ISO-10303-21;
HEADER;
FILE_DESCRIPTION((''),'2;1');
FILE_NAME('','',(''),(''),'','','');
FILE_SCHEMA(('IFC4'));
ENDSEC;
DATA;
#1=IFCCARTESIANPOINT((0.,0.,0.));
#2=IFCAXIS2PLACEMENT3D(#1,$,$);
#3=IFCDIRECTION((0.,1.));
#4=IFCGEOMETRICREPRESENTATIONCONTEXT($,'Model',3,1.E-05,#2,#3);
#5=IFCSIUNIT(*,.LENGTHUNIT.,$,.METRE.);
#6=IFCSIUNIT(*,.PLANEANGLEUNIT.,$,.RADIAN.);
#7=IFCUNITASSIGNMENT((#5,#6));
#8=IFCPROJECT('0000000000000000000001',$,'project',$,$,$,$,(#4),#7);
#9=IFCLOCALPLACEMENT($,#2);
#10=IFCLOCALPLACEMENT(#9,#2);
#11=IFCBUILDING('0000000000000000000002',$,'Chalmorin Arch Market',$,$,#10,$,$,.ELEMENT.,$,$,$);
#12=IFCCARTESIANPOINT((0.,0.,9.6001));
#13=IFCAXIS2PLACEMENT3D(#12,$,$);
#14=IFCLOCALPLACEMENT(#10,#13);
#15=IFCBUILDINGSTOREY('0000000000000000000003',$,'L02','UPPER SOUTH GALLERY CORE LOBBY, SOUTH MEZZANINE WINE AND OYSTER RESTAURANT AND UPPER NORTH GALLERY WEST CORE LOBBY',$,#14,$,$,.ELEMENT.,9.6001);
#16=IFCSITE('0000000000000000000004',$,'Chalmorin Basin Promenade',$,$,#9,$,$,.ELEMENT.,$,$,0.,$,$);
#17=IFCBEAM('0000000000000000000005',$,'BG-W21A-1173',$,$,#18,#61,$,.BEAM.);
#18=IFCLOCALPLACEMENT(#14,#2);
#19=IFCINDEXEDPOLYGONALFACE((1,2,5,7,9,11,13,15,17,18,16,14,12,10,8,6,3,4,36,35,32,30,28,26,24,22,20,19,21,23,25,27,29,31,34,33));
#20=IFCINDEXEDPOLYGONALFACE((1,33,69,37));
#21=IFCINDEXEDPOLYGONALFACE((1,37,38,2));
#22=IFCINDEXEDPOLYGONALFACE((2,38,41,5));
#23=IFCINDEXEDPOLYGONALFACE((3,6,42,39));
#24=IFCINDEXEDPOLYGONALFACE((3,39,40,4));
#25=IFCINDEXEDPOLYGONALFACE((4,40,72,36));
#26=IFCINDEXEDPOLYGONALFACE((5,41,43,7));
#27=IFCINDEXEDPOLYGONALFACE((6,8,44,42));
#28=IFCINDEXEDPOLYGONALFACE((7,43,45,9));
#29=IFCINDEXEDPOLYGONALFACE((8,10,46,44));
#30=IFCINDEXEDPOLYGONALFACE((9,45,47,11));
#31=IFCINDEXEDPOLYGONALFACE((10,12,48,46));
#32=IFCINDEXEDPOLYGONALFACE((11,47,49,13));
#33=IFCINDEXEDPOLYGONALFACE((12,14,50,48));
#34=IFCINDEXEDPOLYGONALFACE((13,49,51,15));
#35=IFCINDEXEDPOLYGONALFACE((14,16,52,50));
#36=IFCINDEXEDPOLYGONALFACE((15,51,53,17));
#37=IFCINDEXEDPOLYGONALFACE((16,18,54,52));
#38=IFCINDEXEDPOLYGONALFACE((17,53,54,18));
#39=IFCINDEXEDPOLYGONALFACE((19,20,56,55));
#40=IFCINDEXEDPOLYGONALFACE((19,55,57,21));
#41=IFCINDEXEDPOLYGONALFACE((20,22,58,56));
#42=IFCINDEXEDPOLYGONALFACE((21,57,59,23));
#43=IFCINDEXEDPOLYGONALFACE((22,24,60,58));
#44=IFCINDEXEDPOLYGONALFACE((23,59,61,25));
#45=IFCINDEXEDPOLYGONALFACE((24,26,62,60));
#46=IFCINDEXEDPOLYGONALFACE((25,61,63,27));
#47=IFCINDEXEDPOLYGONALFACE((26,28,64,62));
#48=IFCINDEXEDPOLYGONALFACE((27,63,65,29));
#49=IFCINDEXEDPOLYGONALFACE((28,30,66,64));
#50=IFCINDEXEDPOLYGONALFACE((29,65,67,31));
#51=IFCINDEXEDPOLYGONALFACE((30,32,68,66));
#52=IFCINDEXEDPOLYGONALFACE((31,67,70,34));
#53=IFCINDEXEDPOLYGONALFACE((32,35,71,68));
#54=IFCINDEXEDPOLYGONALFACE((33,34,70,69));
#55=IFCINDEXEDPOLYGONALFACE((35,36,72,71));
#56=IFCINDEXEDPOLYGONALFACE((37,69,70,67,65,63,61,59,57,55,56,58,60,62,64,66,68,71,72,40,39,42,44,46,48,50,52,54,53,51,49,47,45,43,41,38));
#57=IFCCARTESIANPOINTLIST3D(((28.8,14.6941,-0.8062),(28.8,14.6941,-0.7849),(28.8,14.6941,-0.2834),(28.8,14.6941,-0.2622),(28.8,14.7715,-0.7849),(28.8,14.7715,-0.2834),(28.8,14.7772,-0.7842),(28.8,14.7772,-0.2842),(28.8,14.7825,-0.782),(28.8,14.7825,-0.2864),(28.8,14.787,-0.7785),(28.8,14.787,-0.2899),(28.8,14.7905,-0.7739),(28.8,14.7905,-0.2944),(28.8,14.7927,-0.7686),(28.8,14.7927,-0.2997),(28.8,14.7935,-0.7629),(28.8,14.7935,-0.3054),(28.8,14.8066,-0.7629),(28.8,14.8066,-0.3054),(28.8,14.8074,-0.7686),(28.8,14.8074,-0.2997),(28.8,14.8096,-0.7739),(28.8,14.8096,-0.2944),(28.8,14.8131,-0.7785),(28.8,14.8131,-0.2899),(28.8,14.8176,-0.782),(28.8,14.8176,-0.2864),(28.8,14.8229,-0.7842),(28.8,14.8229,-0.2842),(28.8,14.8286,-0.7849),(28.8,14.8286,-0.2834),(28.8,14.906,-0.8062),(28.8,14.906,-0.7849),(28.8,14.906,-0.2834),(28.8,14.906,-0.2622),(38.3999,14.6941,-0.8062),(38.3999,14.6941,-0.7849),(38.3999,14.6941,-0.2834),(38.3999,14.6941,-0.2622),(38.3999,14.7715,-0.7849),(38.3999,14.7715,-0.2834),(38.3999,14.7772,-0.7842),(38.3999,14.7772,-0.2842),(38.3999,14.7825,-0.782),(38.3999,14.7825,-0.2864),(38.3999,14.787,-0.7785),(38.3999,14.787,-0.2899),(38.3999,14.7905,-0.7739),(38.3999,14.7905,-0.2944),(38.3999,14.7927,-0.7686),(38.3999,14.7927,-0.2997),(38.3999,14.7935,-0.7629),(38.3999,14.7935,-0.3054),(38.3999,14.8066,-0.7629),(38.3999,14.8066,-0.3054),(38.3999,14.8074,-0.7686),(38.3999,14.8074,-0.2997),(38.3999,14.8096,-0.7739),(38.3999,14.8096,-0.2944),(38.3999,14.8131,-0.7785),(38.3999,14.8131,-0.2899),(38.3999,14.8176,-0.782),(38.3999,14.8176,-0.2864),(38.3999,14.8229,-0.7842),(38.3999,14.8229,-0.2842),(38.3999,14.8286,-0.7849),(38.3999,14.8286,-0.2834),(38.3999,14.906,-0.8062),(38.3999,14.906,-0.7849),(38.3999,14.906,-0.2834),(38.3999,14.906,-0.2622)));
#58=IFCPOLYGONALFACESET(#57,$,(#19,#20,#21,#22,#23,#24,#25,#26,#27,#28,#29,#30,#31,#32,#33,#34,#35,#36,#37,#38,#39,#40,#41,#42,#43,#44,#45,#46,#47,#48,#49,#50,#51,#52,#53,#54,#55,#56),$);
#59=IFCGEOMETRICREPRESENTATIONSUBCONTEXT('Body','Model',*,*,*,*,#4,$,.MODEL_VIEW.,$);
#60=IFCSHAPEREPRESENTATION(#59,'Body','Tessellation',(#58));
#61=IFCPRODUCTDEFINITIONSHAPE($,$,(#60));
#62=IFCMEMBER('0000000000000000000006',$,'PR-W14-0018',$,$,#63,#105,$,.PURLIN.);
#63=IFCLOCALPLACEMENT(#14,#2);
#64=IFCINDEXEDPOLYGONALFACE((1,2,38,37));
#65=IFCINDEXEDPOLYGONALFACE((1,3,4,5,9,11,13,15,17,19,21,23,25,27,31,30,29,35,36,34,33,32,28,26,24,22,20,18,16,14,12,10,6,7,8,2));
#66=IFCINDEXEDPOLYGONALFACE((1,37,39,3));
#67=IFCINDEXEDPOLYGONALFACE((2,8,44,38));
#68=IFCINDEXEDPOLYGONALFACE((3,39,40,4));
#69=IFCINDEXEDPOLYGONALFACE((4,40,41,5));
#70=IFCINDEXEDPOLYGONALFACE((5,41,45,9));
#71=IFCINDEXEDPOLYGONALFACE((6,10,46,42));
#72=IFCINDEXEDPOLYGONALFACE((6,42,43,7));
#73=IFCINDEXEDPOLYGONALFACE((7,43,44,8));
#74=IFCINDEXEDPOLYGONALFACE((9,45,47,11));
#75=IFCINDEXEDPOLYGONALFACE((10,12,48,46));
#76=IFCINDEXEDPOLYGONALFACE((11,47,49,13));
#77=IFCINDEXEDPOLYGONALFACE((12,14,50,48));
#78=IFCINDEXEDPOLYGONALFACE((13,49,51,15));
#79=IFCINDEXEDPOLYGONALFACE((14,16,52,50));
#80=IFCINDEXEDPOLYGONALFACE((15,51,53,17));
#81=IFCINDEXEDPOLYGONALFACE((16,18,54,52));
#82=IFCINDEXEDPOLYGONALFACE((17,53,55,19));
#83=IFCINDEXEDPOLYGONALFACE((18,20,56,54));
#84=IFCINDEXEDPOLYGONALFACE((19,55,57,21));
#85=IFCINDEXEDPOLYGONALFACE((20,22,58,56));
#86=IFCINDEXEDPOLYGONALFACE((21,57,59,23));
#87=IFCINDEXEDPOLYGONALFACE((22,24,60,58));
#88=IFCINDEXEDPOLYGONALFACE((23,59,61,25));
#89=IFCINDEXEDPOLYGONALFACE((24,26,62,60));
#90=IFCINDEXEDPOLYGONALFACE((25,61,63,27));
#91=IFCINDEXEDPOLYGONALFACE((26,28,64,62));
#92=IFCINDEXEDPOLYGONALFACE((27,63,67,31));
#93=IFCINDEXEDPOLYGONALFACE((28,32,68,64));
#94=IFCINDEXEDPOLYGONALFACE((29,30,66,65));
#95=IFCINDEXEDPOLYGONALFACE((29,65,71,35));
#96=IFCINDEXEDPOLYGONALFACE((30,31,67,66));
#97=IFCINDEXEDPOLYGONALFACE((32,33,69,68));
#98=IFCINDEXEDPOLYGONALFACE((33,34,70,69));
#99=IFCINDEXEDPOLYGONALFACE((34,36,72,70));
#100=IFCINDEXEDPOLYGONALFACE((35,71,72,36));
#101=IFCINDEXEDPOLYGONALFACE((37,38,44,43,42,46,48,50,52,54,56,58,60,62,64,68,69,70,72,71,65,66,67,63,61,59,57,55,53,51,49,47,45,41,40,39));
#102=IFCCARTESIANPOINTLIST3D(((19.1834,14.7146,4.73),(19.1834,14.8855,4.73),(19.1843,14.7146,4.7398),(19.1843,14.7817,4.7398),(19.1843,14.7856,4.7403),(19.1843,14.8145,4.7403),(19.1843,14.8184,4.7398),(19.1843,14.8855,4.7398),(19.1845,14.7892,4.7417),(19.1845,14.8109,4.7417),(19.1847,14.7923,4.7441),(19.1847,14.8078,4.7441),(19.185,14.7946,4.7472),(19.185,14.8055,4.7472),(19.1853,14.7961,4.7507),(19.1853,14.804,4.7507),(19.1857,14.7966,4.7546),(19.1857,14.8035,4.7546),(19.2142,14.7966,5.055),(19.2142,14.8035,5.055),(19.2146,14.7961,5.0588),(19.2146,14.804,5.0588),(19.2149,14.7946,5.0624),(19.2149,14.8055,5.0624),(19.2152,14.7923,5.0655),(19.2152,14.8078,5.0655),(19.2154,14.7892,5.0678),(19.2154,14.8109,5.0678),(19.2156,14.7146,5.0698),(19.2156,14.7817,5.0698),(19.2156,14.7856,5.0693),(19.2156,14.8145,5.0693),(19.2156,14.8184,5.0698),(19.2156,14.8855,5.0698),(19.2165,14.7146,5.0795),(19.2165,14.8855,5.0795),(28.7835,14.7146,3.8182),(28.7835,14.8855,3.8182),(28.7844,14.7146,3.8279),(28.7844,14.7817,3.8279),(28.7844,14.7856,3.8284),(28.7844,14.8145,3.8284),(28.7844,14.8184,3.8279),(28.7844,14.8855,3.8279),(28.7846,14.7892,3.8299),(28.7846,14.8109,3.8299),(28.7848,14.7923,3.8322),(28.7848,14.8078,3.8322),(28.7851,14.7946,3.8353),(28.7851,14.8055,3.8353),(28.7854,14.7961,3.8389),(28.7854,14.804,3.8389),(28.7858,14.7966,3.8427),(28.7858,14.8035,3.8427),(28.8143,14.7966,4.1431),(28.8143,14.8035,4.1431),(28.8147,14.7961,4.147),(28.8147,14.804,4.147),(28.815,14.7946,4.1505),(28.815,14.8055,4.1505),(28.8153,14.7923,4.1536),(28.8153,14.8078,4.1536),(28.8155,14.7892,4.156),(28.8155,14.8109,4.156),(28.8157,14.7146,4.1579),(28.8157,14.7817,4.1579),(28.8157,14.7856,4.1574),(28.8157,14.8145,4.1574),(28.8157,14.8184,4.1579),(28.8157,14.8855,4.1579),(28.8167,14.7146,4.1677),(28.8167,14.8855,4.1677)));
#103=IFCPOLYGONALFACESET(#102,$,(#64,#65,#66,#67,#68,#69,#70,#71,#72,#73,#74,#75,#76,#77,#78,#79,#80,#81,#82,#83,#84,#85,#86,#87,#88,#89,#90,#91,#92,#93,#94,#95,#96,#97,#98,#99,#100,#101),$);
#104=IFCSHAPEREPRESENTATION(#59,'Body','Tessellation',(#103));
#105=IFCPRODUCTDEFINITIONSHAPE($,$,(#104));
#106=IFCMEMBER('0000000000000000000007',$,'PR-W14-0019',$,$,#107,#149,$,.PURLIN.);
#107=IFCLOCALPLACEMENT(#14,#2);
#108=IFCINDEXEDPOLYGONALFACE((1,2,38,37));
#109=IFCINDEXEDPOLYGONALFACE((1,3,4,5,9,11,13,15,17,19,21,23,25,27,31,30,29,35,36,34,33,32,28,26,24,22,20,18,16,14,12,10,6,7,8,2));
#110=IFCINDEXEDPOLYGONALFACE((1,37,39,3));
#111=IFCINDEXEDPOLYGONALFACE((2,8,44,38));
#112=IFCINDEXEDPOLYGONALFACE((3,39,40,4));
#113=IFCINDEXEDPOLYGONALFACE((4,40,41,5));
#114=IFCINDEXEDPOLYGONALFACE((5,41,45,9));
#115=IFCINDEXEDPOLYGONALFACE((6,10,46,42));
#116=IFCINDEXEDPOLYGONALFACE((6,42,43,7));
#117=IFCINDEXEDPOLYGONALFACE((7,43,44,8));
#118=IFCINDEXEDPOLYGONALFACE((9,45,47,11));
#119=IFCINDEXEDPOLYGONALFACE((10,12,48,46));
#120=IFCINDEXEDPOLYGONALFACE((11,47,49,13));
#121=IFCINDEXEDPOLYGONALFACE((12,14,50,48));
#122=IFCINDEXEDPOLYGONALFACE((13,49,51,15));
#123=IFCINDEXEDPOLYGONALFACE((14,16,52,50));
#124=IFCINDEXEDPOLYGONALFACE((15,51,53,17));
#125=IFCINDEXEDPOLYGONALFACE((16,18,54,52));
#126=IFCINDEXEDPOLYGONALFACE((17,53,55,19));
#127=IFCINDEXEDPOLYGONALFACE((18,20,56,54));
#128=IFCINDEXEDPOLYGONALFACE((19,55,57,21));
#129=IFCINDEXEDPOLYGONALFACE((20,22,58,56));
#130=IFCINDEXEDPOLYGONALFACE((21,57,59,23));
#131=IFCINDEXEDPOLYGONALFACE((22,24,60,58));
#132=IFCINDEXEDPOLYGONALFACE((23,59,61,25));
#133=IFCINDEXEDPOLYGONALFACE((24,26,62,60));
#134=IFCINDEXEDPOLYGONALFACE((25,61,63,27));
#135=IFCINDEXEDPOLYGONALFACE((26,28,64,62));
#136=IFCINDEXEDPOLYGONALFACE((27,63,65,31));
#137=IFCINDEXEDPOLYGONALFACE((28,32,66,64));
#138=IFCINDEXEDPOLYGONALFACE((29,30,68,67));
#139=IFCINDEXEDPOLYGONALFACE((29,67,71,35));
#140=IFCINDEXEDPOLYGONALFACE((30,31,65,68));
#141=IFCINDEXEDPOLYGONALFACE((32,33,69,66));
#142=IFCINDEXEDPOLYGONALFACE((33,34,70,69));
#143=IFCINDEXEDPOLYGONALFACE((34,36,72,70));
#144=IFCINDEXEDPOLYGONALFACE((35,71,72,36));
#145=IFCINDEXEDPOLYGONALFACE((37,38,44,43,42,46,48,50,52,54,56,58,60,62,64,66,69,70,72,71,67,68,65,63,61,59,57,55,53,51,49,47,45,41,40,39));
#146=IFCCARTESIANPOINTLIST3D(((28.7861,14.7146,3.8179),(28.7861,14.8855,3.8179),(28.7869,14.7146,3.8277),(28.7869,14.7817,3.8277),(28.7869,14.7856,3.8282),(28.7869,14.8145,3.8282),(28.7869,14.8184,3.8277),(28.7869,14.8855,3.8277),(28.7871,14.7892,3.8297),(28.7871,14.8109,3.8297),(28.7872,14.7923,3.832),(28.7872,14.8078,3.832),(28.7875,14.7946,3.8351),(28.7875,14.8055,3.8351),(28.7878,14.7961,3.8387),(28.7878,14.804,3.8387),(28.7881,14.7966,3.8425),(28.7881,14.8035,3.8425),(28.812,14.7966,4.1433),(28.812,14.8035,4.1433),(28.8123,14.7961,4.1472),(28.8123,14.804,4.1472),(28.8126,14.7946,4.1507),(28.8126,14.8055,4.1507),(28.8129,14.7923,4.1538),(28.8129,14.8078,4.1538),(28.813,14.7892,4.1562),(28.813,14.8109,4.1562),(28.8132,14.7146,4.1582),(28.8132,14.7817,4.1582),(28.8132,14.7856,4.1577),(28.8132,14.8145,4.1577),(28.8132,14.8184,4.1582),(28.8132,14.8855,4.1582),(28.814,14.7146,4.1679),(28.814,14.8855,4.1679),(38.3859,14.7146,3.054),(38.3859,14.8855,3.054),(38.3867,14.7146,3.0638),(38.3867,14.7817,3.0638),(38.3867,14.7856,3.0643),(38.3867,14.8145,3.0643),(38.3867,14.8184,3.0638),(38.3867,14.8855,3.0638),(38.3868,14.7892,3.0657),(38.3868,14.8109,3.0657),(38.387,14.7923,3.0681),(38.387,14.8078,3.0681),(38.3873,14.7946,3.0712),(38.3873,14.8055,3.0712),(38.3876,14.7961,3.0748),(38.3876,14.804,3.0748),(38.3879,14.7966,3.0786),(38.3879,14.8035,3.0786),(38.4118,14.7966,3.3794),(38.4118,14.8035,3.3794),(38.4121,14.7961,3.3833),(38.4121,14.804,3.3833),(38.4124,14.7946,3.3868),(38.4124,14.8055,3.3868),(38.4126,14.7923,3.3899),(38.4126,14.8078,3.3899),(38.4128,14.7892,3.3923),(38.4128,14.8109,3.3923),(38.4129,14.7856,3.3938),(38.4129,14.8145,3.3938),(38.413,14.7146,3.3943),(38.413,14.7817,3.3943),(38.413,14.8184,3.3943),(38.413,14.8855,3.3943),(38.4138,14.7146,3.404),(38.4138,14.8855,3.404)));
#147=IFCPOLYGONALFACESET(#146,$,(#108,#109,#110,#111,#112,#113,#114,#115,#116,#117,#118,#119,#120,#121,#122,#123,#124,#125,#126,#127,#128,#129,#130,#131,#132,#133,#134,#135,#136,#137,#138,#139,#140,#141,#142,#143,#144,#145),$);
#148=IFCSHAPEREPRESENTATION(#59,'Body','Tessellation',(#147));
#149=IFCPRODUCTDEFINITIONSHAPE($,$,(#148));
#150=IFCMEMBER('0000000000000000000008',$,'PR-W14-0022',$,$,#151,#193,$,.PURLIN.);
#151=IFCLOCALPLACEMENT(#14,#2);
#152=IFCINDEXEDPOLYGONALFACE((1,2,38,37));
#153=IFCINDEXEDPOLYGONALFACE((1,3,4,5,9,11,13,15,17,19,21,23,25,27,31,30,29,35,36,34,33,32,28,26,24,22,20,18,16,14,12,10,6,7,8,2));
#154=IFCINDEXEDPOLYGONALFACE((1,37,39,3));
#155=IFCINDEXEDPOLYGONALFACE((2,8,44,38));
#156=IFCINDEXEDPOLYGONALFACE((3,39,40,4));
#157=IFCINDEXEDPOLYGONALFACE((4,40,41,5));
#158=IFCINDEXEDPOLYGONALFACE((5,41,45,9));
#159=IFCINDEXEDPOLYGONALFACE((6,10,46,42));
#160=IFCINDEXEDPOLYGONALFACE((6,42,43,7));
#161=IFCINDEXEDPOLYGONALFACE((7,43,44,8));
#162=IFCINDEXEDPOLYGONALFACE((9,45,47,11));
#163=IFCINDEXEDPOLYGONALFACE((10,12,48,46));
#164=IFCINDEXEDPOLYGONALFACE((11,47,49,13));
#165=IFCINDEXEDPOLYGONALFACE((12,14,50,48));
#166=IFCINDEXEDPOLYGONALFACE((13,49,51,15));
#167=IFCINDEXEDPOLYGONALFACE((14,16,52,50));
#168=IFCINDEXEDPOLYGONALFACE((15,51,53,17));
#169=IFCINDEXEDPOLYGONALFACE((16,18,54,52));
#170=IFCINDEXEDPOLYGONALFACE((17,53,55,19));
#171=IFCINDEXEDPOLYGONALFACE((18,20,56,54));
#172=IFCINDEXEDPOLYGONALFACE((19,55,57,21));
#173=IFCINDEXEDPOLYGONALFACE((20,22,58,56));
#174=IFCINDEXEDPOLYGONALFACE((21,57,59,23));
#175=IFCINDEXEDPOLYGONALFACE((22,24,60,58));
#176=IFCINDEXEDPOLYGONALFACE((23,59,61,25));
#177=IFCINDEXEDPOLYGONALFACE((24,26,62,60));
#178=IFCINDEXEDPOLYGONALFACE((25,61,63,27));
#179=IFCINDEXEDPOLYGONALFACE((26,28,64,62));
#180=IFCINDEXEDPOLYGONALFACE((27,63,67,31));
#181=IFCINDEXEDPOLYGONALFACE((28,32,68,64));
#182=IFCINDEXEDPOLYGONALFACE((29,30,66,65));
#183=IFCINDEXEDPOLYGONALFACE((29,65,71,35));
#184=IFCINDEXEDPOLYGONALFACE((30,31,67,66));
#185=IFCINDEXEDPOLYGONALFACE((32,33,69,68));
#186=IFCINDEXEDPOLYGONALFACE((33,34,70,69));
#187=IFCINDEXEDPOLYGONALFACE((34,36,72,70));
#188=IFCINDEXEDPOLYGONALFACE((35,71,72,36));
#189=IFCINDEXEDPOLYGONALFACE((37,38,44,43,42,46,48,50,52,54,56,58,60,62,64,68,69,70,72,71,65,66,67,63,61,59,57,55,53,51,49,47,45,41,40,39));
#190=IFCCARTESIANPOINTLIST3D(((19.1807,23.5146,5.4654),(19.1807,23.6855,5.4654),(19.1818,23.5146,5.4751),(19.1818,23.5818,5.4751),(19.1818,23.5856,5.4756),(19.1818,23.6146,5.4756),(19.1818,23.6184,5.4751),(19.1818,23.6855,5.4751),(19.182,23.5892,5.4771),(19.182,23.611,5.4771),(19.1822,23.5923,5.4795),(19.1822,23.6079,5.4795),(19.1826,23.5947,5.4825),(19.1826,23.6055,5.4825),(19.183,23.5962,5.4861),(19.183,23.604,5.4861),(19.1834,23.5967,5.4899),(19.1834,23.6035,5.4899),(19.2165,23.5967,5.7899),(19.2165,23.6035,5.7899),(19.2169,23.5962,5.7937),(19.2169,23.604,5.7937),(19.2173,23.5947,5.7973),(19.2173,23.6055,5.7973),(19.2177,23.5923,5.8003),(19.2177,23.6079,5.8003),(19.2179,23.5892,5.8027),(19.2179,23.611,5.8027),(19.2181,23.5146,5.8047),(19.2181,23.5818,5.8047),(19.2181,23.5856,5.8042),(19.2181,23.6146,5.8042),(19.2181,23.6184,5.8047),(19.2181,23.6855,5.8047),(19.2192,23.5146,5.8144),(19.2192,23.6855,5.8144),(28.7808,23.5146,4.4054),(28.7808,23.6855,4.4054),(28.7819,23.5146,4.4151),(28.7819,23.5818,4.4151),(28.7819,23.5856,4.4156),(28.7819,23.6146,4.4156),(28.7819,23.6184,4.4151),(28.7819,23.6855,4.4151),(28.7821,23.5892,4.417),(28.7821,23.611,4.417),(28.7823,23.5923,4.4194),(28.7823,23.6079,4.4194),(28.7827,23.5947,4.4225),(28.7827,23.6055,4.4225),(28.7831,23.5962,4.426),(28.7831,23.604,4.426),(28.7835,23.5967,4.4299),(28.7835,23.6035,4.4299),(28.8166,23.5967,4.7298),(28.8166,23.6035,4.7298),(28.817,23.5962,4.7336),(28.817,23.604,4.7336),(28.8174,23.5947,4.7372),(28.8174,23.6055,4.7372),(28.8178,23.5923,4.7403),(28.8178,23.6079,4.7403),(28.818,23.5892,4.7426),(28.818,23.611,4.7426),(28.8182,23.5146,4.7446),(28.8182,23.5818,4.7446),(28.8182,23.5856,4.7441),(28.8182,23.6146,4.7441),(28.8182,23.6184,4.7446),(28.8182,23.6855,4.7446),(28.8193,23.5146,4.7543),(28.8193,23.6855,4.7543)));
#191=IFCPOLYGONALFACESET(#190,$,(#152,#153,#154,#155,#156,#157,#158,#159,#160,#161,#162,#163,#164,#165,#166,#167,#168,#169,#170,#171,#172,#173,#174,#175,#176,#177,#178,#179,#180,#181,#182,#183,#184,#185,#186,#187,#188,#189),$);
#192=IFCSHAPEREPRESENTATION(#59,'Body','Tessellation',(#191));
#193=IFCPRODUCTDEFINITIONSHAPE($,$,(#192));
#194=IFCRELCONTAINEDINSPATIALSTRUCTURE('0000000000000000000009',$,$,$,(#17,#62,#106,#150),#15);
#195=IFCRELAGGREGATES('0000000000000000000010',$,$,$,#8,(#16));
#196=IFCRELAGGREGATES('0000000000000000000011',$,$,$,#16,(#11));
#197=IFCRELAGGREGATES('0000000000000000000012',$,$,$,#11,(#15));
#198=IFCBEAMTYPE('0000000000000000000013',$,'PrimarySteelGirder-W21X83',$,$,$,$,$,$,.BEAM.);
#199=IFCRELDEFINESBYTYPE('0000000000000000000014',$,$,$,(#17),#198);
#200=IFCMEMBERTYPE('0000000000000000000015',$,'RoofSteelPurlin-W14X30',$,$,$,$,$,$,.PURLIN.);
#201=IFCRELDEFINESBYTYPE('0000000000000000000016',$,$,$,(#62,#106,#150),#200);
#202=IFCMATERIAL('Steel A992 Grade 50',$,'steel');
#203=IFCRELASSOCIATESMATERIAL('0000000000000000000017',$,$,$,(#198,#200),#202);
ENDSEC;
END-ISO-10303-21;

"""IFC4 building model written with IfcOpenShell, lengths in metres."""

from ifc_helpers import new_model, si_unit, direction, frame, origin, origin_2d, place, context, subcontext, project, spatial, i_section, extrude, material, material_profile, profile_set, type_object, element, save


model = new_model("IFC4")

# Units and contexts
model_context = context("Model", 3, precision=1e-05, world=origin(), true_north=direction((0.0, 1.0)))
body_context = subcontext(model_context, "Body", "Model", "MODEL_VIEW")
ifc_project = project(units=[si_unit("LENGTHUNIT", "METRE"), si_unit("PLANEANGLEUNIT", "RADIAN")], contexts=[model_context])

# Site, building, storey
site_placement = place(None, origin())
site = spatial("IfcSite", under=ifc_project, at=site_placement, Name="Chalmorin Basin Promenade", CompositionType="ELEMENT", RefElevation=0.0)
building_placement = place(site_placement, origin())
building = spatial("IfcBuilding", under=site, at=building_placement, Name="Chalmorin Arch Market", CompositionType="ELEMENT")
storey_placement = place(building_placement, frame((0.0, 0.0, 9.6001)))
storey = spatial("IfcBuildingStorey", under=building, at=storey_placement, Name="L02", Description="UPPER SOUTH GALLERY CORE LOBBY, SOUTH MEZZANINE WINE AND OYSTER RESTAURANT AND UPPER NORTH GALLERY WEST CORE LOBBY", CompositionType="ELEMENT", Elevation=9.6001)

# Shared definitions
ifc_material_1 = material(Name="Steel A992 Grade 50", Category="steel")

# Beam
ifc_material_profile_1 = material_profile(ifc_material_1, i_section(OverallWidth=0.2119, OverallDepth=0.5439, WebThickness=0.0132, FlangeThickness=0.0212, FilletRadius=0.022, at=origin_2d()), Name="W21X83")
ifc_profile_set_1 = profile_set([ifc_material_profile_1], Name="Steel A992 Grade 50")
beam_type_1 = type_object("IfcBeamType", Name="PrimarySteelGirder-W21X83", PredefinedType="BEAM", material=ifc_profile_set_1)
beam_1_placement = place(storey_placement, frame((28.8, 14.8, -0.5342), z_axis=(1.0, 0.0, 0.0), x_axis=(0.0, 1.0, 0.0)))
element("IfcBeam", 1, at=beam_1_placement, inside=storey, type_object=beam_type_1, Name="BG-W21A-1173", PredefinedType="BEAM", context=body_context, shape_type="SweptSolid", body=[
    extrude(i_section(OverallWidth=0.2119, OverallDepth=0.5439, WebThickness=0.0132, FlangeThickness=0.0212, FilletRadius=0.022, at=origin_2d()), origin(), (0.0, 0.0, 1.0), 9.5999),
])

# Members
ifc_material_profile_2 = material_profile(ifc_material_1, i_section(OverallWidth=0.1709, OverallDepth=0.3511, WebThickness=0.0068, FlangeThickness=0.0098, FilletRadius=0.0149, at=origin_2d()), Name="W14X30")
ifc_profile_set_2 = profile_set([ifc_material_profile_2], Name="Steel A992 Grade 50")
member_type = type_object("IfcMemberType", Name="RoofSteelPurlin-W14X30", PredefinedType="PURLIN", material=ifc_profile_set_2)
member_1_placement = place(storey_placement, frame((19.2, 14.8, 4.9048), z_axis=(0.995519, 0.0, -0.094559), x_axis=(0.0, 1.0, 0.0)))
element("IfcMember", 2, at=member_1_placement, inside=storey, type_object=member_type, Name="PR-W14-0018", PredefinedType="PURLIN", context=body_context, shape_type="SweptSolid", body=[
    extrude(i_section(OverallWidth=0.1709, OverallDepth=0.3511, WebThickness=0.0068, FlangeThickness=0.0098, FilletRadius=0.0149, at=origin_2d()), origin(), (0.0, 0.0, 1.0), 9.6433),
])
member_2_placement = place(storey_placement, frame((28.8, 14.8, 3.9929), z_axis=(0.996849, 0.0, -0.079325), x_axis=(0.0, 1.0, 0.0)))
element("IfcMember", 3, at=member_2_placement, inside=storey, type_object=member_type, Name="PR-W14-0019", PredefinedType="PURLIN", context=body_context, shape_type="SweptSolid", body=[
    extrude(i_section(OverallWidth=0.1709, OverallDepth=0.3511, WebThickness=0.0068, FlangeThickness=0.0098, FilletRadius=0.0149, at=origin_2d()), origin(), (0.0, 0.0, 1.0), 9.6301),
])
for number, where, z_axis, x_axis, name in (
    (4, (19.2, 23.6001, 5.6399), (0.993959, 0.0, -0.109755), (0.0, 1.0, 0.0), "PR-W14-0022"),
):
    element("IfcMember", number, at=place(storey_placement, frame(where, z_axis=z_axis, x_axis=x_axis)), inside=storey, type_object=member_type, Name=name, PredefinedType="PURLIN", context=body_context, shape_type="SweptSolid", body=[
        extrude(i_section(OverallWidth=0.1709, OverallDepth=0.3511, WebThickness=0.0068, FlangeThickness=0.0098, FilletRadius=0.0149, at=origin_2d()), origin(), (0.0, 0.0, 1.0), 9.6584),
    ])

save(model, "model.ifc")
